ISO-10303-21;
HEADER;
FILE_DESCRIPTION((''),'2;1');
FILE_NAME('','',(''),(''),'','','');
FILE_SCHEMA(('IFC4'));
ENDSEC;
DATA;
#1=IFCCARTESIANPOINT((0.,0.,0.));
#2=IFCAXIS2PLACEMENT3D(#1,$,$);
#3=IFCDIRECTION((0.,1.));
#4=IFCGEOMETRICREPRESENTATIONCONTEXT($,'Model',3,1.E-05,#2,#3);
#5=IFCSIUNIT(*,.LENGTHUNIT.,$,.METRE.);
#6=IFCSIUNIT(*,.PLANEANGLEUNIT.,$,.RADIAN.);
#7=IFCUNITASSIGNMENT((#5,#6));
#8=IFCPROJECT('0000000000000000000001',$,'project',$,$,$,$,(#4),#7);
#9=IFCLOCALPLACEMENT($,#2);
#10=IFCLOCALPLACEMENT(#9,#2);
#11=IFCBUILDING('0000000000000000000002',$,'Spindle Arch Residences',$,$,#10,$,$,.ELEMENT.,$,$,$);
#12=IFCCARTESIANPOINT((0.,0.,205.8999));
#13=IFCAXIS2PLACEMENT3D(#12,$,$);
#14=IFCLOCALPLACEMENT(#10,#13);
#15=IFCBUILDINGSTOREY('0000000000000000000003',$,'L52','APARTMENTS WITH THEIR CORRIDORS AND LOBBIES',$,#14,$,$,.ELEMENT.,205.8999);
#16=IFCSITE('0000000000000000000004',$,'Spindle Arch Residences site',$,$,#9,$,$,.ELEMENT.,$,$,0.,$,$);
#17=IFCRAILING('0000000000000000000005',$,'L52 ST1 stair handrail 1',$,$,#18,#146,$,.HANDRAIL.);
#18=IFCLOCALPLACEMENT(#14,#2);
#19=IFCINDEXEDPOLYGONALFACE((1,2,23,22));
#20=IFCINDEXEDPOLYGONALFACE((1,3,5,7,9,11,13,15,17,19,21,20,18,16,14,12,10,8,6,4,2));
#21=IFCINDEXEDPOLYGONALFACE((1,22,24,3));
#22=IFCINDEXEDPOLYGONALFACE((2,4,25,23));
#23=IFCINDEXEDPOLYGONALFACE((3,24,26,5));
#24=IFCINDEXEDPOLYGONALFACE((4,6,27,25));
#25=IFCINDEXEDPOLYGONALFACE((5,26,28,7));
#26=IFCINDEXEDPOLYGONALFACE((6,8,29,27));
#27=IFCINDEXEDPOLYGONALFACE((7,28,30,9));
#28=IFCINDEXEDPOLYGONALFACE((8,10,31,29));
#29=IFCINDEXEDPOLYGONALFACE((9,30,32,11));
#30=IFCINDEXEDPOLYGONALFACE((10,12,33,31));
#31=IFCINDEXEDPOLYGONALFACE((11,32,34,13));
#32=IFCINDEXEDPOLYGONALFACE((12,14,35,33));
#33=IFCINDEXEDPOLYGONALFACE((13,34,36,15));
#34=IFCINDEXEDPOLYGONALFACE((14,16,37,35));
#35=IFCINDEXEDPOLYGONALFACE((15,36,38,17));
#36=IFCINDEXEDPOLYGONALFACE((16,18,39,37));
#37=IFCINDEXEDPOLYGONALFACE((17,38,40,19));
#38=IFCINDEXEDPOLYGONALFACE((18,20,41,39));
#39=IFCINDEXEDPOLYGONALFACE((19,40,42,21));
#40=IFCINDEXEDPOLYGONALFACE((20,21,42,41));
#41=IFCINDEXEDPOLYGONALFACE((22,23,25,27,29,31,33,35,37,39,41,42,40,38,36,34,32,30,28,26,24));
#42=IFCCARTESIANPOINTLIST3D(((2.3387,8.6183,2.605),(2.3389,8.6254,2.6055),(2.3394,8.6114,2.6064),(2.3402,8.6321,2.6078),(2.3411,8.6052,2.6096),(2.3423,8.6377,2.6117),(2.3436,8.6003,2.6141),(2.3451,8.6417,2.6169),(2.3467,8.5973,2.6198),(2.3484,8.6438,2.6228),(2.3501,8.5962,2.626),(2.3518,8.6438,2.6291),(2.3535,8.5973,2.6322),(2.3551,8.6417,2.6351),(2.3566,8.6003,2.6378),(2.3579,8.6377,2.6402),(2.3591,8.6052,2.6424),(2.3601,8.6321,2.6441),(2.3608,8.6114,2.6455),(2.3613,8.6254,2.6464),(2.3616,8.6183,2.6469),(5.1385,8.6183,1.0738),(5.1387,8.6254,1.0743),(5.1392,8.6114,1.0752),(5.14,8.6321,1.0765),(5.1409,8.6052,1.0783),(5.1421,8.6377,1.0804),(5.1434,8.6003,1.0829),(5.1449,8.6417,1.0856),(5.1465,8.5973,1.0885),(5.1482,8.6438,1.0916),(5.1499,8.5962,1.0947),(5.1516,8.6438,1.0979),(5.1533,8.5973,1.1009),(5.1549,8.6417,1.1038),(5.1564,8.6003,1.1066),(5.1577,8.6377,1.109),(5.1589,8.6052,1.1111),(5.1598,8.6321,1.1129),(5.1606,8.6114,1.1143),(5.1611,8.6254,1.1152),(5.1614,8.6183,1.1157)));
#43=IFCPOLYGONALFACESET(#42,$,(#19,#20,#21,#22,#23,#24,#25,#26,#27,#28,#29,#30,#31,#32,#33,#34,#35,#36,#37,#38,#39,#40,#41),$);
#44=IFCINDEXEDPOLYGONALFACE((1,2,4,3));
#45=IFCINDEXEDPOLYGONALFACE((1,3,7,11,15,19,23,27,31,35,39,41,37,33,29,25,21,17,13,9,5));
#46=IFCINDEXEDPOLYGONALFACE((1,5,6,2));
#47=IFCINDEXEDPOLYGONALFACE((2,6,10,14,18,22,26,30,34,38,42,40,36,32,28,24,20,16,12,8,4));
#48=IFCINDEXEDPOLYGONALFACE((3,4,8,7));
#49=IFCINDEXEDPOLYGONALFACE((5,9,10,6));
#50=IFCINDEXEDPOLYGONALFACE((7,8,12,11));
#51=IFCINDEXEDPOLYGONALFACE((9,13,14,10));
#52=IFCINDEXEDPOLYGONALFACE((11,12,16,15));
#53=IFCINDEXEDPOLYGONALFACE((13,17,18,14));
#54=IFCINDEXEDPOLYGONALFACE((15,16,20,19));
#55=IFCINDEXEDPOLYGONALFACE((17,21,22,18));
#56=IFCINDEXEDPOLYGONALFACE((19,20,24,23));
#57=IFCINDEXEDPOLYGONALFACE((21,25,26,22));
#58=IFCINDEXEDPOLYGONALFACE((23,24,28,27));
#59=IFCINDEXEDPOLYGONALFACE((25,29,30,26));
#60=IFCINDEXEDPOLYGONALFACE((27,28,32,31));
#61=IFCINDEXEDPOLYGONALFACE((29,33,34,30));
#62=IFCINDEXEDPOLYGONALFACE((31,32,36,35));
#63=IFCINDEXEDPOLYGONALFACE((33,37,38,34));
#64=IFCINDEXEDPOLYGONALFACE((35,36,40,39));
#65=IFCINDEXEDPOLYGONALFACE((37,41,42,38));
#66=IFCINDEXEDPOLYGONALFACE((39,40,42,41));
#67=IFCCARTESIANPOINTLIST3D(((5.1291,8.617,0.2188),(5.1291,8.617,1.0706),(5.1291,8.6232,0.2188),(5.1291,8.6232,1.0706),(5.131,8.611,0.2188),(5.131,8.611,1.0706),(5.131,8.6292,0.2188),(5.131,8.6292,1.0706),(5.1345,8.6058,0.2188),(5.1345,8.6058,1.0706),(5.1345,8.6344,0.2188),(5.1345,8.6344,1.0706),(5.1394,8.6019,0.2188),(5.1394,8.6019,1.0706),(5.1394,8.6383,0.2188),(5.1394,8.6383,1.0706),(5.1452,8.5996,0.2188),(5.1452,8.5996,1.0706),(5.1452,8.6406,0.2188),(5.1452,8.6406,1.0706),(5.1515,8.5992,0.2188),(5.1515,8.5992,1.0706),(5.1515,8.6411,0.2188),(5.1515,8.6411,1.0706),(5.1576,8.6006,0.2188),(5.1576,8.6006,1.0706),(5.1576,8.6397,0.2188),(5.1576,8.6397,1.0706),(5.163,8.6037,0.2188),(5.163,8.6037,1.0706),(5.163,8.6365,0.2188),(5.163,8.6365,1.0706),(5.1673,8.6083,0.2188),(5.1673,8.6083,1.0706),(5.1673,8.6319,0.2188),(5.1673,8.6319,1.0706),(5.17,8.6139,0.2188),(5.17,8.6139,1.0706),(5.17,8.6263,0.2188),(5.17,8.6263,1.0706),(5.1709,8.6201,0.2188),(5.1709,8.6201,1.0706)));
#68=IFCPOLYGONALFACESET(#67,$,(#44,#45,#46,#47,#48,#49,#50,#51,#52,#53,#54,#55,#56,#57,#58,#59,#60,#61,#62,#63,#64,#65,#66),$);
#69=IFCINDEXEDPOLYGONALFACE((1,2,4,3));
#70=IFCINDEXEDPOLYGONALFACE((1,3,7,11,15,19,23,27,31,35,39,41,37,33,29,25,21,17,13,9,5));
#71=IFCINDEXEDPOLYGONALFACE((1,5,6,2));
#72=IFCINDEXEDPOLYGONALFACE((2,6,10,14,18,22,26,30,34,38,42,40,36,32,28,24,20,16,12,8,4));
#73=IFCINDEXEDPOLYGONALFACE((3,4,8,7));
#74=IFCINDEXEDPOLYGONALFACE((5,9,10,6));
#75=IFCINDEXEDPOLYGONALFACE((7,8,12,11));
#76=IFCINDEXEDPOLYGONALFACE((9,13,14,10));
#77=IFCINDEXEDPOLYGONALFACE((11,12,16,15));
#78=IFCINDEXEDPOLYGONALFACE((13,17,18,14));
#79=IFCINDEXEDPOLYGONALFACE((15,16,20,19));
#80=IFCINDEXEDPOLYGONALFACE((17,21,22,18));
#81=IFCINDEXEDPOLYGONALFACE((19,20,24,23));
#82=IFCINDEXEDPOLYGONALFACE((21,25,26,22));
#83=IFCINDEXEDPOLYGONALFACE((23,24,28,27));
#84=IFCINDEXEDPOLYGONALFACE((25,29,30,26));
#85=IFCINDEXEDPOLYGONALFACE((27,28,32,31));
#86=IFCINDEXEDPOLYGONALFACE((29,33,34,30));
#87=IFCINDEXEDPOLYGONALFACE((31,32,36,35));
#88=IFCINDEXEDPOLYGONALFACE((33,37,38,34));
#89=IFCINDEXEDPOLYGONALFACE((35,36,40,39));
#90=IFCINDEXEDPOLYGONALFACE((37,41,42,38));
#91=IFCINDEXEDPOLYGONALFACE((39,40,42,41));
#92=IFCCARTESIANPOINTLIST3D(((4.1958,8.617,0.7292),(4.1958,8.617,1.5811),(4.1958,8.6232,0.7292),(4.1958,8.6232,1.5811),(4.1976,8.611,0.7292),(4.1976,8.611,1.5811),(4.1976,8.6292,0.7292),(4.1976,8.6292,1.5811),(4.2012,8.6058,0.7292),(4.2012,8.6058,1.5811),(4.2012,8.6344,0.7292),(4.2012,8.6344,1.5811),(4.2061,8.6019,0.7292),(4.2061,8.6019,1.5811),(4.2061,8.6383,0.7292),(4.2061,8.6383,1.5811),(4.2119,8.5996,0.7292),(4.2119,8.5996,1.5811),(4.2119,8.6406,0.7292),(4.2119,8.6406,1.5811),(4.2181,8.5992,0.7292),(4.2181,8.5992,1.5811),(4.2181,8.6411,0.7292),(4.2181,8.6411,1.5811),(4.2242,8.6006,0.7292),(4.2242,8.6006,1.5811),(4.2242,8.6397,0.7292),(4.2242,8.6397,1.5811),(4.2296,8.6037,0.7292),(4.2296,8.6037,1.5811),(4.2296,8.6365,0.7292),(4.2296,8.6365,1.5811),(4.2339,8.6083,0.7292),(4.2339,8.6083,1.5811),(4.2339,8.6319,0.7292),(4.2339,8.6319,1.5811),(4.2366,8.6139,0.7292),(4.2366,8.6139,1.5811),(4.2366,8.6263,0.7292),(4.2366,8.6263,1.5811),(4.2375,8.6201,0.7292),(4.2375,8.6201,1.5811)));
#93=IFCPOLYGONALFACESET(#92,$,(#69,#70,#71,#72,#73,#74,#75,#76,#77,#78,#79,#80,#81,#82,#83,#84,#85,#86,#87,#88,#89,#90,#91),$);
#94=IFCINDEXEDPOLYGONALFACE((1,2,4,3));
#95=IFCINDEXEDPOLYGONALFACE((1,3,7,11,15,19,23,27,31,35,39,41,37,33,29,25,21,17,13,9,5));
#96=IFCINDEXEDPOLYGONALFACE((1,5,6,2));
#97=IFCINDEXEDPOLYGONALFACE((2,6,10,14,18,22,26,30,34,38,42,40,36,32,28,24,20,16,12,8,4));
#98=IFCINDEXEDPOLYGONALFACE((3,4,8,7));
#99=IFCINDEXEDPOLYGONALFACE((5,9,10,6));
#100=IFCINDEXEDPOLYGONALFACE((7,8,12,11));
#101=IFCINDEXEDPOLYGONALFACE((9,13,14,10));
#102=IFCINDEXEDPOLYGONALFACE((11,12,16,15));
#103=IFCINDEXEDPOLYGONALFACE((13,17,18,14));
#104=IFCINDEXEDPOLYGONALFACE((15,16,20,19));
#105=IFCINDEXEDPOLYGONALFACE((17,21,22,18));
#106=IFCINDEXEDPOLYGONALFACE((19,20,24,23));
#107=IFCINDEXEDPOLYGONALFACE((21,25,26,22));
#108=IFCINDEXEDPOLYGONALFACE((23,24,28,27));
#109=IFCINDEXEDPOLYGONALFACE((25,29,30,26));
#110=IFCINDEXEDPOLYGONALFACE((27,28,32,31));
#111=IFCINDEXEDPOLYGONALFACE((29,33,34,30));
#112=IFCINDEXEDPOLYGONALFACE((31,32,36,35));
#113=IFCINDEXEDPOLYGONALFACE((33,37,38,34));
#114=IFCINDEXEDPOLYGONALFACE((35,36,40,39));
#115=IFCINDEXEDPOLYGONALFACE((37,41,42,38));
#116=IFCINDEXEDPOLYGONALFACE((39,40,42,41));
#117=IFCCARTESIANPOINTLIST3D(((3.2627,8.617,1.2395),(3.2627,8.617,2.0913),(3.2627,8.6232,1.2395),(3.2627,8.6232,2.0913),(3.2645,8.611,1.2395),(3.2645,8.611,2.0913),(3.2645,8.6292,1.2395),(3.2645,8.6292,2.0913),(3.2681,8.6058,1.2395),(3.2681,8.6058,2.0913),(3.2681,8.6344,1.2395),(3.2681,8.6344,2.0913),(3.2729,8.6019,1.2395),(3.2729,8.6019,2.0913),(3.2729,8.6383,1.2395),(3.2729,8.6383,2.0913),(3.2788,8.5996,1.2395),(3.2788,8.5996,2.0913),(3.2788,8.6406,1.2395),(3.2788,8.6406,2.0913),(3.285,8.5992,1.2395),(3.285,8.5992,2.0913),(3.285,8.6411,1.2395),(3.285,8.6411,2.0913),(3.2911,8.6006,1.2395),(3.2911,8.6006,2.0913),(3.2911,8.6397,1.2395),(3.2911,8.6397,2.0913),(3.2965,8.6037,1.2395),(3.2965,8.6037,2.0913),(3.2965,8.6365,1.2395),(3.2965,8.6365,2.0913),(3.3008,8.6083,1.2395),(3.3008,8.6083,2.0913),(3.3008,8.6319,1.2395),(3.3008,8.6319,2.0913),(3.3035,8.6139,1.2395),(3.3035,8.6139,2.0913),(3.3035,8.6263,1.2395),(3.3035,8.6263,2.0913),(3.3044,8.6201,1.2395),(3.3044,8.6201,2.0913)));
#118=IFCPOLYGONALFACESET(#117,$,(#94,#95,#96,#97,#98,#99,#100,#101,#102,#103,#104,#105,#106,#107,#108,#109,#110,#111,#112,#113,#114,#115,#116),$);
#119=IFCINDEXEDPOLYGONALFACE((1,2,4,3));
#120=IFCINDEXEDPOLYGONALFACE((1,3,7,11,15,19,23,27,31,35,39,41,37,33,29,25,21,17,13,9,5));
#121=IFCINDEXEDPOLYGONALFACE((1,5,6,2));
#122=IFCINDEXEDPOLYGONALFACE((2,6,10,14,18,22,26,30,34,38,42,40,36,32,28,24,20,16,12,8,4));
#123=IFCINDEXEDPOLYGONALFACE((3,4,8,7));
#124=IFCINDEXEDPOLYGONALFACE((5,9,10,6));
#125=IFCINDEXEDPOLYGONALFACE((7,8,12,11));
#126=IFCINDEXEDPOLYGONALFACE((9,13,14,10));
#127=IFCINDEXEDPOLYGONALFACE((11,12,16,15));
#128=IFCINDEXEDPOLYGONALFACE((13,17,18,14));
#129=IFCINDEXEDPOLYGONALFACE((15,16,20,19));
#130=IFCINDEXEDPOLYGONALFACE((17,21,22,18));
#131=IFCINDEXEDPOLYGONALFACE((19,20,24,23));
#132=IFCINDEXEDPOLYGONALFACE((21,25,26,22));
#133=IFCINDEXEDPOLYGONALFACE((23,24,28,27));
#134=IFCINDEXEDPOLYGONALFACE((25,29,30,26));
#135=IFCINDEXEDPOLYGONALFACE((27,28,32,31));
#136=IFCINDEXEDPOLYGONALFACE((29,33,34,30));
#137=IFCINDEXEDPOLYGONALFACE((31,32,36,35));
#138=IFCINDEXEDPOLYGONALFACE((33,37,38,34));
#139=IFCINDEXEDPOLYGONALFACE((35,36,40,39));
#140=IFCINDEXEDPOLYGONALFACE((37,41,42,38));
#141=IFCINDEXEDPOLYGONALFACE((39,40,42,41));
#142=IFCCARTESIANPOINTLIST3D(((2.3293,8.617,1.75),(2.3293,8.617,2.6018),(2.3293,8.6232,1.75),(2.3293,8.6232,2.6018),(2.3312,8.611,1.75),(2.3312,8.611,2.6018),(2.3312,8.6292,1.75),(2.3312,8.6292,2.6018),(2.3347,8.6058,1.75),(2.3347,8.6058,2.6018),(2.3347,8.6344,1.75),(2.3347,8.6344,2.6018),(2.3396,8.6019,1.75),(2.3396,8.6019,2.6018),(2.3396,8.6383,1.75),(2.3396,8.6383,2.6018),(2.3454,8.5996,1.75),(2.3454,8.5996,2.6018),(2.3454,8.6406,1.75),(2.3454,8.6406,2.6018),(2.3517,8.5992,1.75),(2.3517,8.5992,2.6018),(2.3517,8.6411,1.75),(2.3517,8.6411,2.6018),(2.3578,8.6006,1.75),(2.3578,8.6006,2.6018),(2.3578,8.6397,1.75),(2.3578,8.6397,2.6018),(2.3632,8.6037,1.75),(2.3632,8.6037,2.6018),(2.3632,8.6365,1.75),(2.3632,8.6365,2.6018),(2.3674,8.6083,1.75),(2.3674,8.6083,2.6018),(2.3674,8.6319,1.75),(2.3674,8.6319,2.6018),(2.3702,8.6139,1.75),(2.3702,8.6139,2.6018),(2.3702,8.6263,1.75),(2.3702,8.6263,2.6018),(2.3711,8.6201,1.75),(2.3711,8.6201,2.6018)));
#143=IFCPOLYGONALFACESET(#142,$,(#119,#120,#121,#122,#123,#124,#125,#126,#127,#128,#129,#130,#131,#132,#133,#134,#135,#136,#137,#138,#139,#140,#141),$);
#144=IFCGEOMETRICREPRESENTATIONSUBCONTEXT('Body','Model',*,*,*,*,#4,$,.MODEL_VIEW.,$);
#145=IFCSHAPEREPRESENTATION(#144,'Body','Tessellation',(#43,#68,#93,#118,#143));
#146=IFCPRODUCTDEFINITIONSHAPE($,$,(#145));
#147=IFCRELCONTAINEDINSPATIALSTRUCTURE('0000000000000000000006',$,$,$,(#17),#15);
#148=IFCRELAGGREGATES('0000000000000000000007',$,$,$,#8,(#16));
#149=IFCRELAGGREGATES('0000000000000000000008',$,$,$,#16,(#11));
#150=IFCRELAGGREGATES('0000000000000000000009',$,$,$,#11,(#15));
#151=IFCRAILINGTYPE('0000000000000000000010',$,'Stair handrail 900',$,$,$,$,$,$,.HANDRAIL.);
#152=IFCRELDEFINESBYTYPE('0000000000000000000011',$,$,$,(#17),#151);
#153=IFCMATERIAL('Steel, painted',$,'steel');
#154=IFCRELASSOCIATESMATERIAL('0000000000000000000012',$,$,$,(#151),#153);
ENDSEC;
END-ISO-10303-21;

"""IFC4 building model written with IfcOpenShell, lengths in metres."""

from ifc_helpers import new_model, si_unit, direction, frame, origin, origin_2d, place, context, subcontext, project, spatial, circle, extrude, material, type_object, element, save


model = new_model("IFC4")

# Units and contexts
model_context = context("Model", 3, precision=1e-05, world=origin(), true_north=direction((0.0, 1.0)))
body_context = subcontext(model_context, "Body", "Model", "MODEL_VIEW")
ifc_project = project(units=[si_unit("LENGTHUNIT", "METRE"), si_unit("PLANEANGLEUNIT", "RADIAN")], contexts=[model_context])

# Site, building, storey
site_placement = place(None, origin())
site = spatial("IfcSite", under=ifc_project, at=site_placement, Name="Spindle Arch Residences site", CompositionType="ELEMENT", RefElevation=0.0)
building_placement = place(site_placement, origin())
building = spatial("IfcBuilding", under=site, at=building_placement, Name="Spindle Arch Residences", CompositionType="ELEMENT")
storey_placement = place(building_placement, frame((0.0, 0.0, 205.8999)))
storey = spatial("IfcBuildingStorey", under=building, at=storey_placement, Name="L52", Description="APARTMENTS WITH THEIR CORRIDORS AND LOBBIES", CompositionType="ELEMENT", Elevation=205.8999)

# Railing
ifc_material_1 = material(Name="Steel, painted", Category="steel")
railing_type_1 = type_object("IfcRailingType", Name="Stair handrail 900", PredefinedType="HANDRAIL", material=ifc_material_1)
railing_1_placement = place(storey_placement, frame((5.1499, 8.6201, 0.2188)))
element("IfcRailing", 1, at=railing_1_placement, inside=storey, type_object=railing_type_1, Name="L52 ST1 stair handrail 1", PredefinedType="HANDRAIL", context=body_context, shape_type="SweptSolid", body=[
    extrude(circle(Radius=0.0239, at=origin_2d()), frame((0.0, 0.0, 0.876), z_axis=(-0.877357, 0.0, 0.479838), x_axis=(0.0, -1.0, 0.0)), (0.0, 0.0, 1.0), 3.1912),
    extrude(circle(Radius=0.021, at=origin_2d()), origin(), (0.0, 0.0, 1.0), 0.8518),
    extrude(circle(Radius=0.021, at=origin_2d()), frame((-0.9333, 0.0, 0.5105)), (0.0, 0.0, 1.0), 0.8518),
    extrude(circle(Radius=0.021, at=origin_2d()), frame((-1.8665, 0.0, 1.0208)), (0.0, 0.0, 1.0), 0.8518),
    extrude(circle(Radius=0.021, at=origin_2d()), frame((-2.7998, 0.0, 1.5312)), (0.0, 0.0, 1.0), 0.8518),
])

save(model, "model.ifc")
